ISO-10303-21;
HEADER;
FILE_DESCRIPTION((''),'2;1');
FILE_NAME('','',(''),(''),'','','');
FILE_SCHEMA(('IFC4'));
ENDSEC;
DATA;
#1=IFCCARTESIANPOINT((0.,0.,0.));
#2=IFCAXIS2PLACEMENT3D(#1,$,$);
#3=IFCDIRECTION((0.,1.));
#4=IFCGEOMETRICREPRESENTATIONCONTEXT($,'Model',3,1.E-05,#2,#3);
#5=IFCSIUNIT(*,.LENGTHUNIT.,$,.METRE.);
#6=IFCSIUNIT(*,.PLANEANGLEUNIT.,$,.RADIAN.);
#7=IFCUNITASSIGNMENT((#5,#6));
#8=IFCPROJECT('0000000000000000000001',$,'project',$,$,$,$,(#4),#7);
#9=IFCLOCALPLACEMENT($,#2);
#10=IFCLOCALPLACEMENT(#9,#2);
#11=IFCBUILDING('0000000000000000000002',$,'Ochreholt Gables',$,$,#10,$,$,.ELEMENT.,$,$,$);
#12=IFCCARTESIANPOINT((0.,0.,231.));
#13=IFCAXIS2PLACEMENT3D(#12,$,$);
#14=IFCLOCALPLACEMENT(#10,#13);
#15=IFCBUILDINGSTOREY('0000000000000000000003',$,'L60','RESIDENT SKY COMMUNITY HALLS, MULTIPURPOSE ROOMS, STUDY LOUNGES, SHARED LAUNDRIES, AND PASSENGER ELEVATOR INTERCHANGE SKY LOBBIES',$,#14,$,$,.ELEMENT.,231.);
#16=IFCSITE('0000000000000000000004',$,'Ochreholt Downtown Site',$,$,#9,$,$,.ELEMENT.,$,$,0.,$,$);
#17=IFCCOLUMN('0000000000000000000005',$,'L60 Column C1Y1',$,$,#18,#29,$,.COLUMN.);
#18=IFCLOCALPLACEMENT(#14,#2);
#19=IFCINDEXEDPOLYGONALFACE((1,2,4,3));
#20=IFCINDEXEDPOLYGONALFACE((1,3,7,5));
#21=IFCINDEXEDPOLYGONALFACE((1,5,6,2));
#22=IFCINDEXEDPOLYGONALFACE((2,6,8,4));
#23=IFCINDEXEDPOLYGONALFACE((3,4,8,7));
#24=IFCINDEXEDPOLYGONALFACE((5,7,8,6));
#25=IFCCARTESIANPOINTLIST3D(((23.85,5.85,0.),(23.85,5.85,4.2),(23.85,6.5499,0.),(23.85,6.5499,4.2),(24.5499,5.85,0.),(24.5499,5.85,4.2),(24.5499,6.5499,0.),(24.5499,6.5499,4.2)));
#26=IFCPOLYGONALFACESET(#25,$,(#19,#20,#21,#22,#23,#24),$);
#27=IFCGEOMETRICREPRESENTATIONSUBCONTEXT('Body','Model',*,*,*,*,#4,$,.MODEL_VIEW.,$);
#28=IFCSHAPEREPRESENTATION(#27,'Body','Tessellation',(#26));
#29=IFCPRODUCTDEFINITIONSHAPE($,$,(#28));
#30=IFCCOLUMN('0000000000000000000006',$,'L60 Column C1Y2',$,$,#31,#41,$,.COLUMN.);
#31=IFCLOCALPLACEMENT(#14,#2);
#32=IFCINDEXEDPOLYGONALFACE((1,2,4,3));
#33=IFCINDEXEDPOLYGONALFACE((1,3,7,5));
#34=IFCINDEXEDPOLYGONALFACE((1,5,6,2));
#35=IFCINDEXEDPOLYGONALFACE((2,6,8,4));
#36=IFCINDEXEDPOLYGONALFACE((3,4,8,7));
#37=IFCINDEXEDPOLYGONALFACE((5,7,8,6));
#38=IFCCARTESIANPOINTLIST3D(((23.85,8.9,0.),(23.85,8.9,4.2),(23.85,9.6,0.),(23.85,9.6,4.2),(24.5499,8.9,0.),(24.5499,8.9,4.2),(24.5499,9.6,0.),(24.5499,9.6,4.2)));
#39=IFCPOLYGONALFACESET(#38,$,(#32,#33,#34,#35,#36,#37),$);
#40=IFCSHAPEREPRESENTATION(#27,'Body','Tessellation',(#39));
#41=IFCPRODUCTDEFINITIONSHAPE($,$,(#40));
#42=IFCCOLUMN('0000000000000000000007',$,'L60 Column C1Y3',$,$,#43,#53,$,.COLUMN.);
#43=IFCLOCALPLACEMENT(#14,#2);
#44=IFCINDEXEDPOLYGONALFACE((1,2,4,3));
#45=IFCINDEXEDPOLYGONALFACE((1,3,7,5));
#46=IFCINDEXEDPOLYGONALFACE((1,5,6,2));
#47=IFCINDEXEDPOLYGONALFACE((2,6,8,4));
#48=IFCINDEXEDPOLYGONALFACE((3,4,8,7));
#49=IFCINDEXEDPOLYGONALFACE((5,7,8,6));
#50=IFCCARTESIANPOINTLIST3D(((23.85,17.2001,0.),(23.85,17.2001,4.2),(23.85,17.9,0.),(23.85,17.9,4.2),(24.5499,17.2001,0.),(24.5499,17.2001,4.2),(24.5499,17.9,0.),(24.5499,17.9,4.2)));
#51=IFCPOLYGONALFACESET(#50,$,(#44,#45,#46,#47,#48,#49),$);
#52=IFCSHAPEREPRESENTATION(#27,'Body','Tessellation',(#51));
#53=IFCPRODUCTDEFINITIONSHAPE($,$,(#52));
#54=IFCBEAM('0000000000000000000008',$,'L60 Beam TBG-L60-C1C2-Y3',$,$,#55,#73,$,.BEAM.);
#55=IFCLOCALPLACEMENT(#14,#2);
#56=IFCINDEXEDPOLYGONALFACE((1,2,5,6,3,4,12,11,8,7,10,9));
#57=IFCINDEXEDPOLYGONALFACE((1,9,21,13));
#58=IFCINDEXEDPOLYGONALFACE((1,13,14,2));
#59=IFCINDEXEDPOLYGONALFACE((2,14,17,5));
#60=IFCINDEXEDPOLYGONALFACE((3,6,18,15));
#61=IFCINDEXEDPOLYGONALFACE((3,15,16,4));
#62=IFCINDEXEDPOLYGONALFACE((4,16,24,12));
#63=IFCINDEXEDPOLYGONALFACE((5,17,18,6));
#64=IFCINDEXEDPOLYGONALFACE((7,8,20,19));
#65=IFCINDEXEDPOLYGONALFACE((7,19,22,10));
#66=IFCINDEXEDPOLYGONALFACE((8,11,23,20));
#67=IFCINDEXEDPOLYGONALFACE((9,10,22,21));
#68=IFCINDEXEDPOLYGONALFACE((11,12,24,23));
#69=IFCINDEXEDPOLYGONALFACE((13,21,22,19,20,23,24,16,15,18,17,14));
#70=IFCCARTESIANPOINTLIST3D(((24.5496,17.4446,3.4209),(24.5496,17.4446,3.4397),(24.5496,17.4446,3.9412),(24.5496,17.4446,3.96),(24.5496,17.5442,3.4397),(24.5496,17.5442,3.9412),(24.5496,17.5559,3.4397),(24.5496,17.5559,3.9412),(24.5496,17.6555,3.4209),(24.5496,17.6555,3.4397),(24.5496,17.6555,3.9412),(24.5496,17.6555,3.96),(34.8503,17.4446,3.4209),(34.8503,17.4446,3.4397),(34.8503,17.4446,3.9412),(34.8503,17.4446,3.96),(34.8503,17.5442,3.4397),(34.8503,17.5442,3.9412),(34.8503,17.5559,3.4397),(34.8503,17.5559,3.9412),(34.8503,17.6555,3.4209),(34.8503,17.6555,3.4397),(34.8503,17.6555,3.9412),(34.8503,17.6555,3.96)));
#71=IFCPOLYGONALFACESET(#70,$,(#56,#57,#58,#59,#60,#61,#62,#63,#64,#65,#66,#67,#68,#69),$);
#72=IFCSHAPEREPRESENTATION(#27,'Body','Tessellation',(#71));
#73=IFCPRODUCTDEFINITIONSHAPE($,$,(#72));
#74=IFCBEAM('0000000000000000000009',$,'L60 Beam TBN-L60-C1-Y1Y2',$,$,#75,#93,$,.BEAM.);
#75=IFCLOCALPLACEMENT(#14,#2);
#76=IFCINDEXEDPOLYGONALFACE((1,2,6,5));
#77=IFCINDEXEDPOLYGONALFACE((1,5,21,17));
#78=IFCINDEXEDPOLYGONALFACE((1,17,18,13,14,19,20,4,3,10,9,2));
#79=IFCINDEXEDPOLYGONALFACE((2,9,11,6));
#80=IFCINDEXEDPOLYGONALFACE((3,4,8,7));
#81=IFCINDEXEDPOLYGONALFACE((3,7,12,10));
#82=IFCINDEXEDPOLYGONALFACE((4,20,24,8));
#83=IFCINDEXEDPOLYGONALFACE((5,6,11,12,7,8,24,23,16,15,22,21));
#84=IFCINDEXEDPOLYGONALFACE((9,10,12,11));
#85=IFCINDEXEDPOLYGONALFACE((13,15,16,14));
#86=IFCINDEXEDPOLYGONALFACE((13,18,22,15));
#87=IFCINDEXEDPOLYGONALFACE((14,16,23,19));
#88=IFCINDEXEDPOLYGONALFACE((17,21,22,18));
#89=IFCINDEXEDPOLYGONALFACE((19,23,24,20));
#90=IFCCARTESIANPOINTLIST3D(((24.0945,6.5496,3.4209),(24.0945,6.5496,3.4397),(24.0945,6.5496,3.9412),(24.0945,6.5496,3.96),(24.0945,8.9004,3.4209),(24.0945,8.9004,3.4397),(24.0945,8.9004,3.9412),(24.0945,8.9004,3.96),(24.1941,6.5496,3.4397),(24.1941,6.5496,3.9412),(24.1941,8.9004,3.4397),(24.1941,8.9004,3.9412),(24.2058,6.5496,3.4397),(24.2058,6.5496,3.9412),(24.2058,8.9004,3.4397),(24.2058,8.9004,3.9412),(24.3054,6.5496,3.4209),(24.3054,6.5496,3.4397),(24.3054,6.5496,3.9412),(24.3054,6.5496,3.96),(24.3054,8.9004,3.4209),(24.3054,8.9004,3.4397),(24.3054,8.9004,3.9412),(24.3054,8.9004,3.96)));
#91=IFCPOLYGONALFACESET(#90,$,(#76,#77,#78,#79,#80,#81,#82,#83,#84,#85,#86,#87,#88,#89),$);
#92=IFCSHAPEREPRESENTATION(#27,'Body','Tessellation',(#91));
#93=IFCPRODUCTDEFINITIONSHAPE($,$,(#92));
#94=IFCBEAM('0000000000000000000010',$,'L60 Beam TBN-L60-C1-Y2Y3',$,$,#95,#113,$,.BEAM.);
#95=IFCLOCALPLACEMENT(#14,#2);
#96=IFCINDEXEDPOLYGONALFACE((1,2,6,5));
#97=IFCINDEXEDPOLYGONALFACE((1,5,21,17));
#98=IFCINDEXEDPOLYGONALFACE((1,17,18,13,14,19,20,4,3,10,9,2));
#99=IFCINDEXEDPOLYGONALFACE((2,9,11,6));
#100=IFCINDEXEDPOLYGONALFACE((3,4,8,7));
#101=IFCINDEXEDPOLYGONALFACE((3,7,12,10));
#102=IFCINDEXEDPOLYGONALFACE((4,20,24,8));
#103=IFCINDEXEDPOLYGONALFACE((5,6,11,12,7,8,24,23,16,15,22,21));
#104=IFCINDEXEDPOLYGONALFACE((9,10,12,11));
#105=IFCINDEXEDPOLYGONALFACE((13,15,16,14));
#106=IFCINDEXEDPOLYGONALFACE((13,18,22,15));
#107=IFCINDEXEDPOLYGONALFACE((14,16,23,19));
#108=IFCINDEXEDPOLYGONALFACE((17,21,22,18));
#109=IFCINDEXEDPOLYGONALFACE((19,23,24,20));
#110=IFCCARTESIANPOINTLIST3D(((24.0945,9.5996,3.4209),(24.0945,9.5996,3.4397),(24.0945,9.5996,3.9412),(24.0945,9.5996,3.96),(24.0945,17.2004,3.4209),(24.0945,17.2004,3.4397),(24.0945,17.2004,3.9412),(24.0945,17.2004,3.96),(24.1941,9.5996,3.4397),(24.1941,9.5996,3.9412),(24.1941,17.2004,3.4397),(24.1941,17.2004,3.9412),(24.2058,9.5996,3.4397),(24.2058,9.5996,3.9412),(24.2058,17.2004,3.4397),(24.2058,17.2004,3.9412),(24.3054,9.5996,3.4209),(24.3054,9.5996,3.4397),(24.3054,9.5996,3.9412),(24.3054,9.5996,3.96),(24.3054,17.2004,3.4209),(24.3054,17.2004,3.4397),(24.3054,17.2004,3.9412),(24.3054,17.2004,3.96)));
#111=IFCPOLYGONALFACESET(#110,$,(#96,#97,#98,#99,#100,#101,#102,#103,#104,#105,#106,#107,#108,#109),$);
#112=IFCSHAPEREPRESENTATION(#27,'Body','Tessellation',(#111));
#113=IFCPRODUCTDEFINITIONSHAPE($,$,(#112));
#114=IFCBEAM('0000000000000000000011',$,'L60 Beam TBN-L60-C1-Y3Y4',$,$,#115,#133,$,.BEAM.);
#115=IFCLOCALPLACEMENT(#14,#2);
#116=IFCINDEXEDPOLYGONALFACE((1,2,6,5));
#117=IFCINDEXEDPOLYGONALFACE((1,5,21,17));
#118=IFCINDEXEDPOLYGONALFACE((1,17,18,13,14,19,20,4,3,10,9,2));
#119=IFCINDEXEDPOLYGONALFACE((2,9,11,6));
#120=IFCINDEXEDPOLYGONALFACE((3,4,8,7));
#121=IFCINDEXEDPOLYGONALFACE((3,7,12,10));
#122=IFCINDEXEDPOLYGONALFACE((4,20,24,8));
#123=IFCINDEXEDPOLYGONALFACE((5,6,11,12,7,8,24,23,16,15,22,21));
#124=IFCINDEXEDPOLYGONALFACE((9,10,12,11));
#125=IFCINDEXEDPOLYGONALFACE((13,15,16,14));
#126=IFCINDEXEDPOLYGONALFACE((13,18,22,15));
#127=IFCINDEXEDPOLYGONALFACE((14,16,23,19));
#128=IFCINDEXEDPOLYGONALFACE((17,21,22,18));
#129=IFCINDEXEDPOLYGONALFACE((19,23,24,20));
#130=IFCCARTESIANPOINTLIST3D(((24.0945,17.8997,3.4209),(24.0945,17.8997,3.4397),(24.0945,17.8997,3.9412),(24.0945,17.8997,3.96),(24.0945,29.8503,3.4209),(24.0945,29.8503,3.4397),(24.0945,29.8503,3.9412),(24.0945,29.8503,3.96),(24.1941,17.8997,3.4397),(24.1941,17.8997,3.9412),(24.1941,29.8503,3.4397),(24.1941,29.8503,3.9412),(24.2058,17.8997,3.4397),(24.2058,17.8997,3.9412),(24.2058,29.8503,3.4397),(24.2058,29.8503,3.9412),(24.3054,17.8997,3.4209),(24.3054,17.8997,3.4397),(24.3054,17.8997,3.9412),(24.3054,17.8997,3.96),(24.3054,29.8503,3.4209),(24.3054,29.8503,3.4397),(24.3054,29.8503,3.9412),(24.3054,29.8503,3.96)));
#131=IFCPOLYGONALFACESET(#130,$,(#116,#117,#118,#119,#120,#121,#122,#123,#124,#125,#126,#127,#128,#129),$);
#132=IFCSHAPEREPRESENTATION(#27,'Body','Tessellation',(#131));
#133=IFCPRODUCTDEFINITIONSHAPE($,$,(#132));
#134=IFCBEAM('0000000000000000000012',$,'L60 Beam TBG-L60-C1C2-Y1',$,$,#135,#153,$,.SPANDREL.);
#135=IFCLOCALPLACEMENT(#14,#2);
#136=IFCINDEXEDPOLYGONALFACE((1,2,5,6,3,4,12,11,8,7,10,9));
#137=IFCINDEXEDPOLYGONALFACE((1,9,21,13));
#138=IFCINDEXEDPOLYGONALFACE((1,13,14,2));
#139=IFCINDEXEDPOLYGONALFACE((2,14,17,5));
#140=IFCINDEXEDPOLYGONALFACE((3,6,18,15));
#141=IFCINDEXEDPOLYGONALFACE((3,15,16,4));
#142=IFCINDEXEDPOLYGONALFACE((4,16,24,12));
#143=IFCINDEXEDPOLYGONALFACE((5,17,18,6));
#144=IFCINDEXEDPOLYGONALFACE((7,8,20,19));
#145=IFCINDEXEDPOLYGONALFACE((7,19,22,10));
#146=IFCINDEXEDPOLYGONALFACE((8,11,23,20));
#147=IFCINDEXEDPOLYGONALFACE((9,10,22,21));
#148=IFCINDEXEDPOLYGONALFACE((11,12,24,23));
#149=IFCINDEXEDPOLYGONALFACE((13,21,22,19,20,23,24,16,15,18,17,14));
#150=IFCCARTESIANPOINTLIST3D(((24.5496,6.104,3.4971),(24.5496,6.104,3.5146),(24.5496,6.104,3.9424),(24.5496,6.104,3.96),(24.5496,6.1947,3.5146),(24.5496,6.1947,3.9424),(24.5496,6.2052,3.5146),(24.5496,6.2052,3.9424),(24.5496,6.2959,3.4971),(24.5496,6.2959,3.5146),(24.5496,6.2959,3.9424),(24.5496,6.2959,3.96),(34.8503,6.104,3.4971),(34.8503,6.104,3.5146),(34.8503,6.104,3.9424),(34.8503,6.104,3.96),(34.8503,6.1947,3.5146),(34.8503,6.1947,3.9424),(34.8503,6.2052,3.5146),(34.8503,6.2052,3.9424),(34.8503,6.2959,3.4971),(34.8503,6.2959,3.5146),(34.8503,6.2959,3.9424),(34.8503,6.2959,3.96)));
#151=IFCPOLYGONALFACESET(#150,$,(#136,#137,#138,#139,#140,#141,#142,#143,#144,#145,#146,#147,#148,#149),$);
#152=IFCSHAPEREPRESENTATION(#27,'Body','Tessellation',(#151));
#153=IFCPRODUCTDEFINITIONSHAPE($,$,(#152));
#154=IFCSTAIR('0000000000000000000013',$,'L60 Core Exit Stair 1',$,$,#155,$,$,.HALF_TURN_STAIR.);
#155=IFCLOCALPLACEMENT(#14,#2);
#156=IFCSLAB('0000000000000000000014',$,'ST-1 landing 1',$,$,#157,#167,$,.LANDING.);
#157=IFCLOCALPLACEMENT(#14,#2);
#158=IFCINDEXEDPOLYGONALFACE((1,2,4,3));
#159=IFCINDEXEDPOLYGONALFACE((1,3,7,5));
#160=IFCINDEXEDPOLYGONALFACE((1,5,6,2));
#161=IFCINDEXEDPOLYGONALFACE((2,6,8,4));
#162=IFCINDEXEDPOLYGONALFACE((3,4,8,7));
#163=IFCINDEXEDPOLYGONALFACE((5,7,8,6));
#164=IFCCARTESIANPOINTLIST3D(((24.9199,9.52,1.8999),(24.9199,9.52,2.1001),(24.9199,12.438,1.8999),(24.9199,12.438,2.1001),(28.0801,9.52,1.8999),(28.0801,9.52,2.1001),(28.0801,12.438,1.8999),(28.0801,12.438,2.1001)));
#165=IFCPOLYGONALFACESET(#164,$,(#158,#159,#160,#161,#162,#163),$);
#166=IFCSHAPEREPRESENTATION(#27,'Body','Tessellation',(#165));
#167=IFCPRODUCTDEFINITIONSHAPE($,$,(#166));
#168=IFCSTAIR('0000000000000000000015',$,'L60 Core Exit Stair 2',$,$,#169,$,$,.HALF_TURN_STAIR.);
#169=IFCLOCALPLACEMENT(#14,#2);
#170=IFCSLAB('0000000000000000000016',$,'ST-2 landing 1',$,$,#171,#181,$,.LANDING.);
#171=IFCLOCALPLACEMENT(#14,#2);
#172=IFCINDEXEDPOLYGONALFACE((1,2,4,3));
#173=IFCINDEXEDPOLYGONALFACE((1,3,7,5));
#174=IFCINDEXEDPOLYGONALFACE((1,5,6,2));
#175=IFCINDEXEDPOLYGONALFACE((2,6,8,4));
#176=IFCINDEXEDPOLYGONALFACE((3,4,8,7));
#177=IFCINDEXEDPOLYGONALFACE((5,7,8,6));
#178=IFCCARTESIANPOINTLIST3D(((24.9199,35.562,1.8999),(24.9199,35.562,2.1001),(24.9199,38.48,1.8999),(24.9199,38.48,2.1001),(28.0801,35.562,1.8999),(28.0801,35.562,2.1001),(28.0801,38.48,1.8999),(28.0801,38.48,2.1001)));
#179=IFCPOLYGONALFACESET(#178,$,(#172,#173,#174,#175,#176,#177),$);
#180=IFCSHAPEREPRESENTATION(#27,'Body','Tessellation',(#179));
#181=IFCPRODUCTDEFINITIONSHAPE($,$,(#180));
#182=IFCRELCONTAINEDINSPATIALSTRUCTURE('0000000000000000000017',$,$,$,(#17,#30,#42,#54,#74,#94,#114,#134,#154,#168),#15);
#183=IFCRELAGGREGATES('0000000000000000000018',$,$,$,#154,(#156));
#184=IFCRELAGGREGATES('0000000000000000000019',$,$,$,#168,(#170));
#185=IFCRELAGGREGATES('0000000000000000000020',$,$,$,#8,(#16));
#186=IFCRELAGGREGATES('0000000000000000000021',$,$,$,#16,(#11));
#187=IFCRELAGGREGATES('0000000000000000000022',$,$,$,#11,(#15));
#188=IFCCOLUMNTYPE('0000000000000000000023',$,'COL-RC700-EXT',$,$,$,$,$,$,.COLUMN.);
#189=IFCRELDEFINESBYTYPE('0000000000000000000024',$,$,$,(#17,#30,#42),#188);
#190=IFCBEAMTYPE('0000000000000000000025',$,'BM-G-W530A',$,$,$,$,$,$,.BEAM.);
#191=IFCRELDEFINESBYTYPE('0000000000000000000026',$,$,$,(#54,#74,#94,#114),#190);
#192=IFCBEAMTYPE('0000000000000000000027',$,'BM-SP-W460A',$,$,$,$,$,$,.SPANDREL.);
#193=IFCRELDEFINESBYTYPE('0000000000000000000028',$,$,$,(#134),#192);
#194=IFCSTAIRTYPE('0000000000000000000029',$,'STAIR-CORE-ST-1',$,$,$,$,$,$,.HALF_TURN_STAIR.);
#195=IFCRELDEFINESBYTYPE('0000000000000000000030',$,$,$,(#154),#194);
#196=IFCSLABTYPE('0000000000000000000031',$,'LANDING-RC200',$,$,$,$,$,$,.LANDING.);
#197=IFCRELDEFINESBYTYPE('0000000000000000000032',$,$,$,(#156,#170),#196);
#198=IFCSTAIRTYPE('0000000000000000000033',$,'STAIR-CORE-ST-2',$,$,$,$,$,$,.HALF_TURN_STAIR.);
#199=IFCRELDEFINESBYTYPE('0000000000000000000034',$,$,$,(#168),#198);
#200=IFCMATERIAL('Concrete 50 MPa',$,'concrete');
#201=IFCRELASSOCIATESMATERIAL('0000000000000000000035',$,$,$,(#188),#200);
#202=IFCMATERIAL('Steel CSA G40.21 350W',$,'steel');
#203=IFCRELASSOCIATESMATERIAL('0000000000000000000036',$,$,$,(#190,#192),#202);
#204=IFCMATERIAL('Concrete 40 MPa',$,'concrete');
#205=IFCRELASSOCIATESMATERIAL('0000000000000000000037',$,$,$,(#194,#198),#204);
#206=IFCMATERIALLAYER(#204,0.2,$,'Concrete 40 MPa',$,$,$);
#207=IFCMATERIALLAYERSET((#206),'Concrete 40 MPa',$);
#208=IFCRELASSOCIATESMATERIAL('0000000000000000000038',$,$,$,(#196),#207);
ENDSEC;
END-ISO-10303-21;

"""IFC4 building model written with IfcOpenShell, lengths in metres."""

from ifc_helpers import new_model, si_unit, direction, frame, origin, origin_2d, place, context, subcontext, project, spatial, polyline, rectangle, i_section, outline, extrude, material, layer, layer_set, material_profile, profile_set, type_object, element, aggregate, save


model = new_model("IFC4")

# Units and contexts
model_context = context("Model", 3, precision=1e-05, world=origin(), true_north=direction((0.0, 1.0)))
body_context = subcontext(model_context, "Body", "Model", "MODEL_VIEW")
ifc_project = project(units=[si_unit("LENGTHUNIT", "METRE"), si_unit("PLANEANGLEUNIT", "RADIAN")], contexts=[model_context])

# Site, building, storey
site_placement = place(None, origin())
site = spatial("IfcSite", under=ifc_project, at=site_placement, Name="Ochreholt Downtown Site", CompositionType="ELEMENT", RefElevation=0.0)
building_placement = place(site_placement, origin())
building = spatial("IfcBuilding", under=site, at=building_placement, Name="Ochreholt Gables", CompositionType="ELEMENT")
storey_placement = place(building_placement, frame((0.0, 0.0, 231.0)))
storey = spatial("IfcBuildingStorey", under=building, at=storey_placement, Name="L60", Description="RESIDENT SKY COMMUNITY HALLS, MULTIPURPOSE ROOMS, STUDY LOUNGES, SHARED LAUNDRIES, AND PASSENGER ELEVATOR INTERCHANGE SKY LOBBIES", CompositionType="ELEMENT", Elevation=231.0)

# Columns
ifc_material_1 = material(Name="Concrete 50 MPa", Category="concrete")
ifc_material_profile_1 = material_profile(ifc_material_1, rectangle(XDim=0.7, YDim=0.7, at=origin_2d()), Name="RC700X700")
ifc_profile_set_1 = profile_set([ifc_material_profile_1], Name="Concrete 50 MPa")
column_type = type_object("IfcColumnType", Name="COL-RC700-EXT", PredefinedType="COLUMN", material=ifc_profile_set_1)
for number, where, z_axis, x_axis, name in (
    (1, (24.2, 6.2, 0.0), (0.0, 0.0, 1.0), (1.0, 0.0, 0.0), "L60 Column C1Y1"),
    (2, (24.2, 9.25, 0.0), (0.0, 0.0, 1.0), (1.0, 0.0, 0.0), "L60 Column C1Y2"),
    (3, (24.2, 17.55, 0.0), (0.0, 0.0, 1.0), (1.0, 0.0, 0.0), "L60 Column C1Y3"),
):
    element("IfcColumn", number, at=place(storey_placement, frame(where, z_axis=z_axis, x_axis=x_axis)), inside=storey, type_object=column_type, Name=name, PredefinedType="COLUMN", context=body_context, shape_type="SweptSolid", body=[
        extrude(rectangle(XDim=0.7, YDim=0.7, at=origin_2d()), origin(), (0.0, 0.0, 1.0), 4.2),
    ])

# Beams
ifc_material_2 = material(Name="Steel CSA G40.21 350W", Category="steel")
ifc_material_profile_2 = material_profile(ifc_material_2, i_section(OverallWidth=0.2109, OverallDepth=0.5391, WebThickness=0.0117, FlangeThickness=0.0188, at=origin_2d()), Name="W530X109")
ifc_profile_set_2 = profile_set([ifc_material_profile_2], Name="Steel CSA G40.21 350W")
beam_type_1 = type_object("IfcBeamType", Name="BM-G-W530A", PredefinedType="BEAM", material=ifc_profile_set_2)
beam_1_placement = place(storey_placement, frame((24.5496, 17.55, 3.6904), z_axis=(1.0, 0.0, 0.0), x_axis=(0.0, 1.0, 0.0)))
element("IfcBeam", 4, at=beam_1_placement, inside=storey, type_object=beam_type_1, Name="L60 Beam TBG-L60-C1C2-Y3", PredefinedType="BEAM", context=body_context, shape_type="SweptSolid", body=[
    extrude(i_section(OverallWidth=0.2109, OverallDepth=0.5391, WebThickness=0.0117, FlangeThickness=0.0188, at=origin_2d()), origin(), (0.0, 0.0, 1.0), 10.3008),
])
beam_2_placement = place(storey_placement, frame((24.2, 6.5496, 3.6904), z_axis=(0.0, 1.0, 0.0), x_axis=(-1.0, 0.0, 0.0)))
element("IfcBeam", 5, at=beam_2_placement, inside=storey, type_object=beam_type_1, Name="L60 Beam TBN-L60-C1-Y1Y2", PredefinedType="BEAM", context=body_context, shape_type="SweptSolid", body=[
    extrude(i_section(OverallWidth=0.2109, OverallDepth=0.5391, WebThickness=0.0117, FlangeThickness=0.0188, at=origin_2d()), origin(), (0.0, 0.0, 1.0), 2.3508),
])
beam_3_placement = place(storey_placement, frame((24.2, 9.5996, 3.6904), z_axis=(0.0, 1.0, 0.0), x_axis=(-1.0, 0.0, 0.0)))
element("IfcBeam", 6, at=beam_3_placement, inside=storey, type_object=beam_type_1, Name="L60 Beam TBN-L60-C1-Y2Y3", PredefinedType="BEAM", context=body_context, shape_type="SweptSolid", body=[
    extrude(i_section(OverallWidth=0.2109, OverallDepth=0.5391, WebThickness=0.0117, FlangeThickness=0.0188, at=origin_2d()), origin(), (0.0, 0.0, 1.0), 7.6008),
])
beam_4_placement = place(storey_placement, frame((24.2, 17.8997, 3.6904), z_axis=(0.0, 1.0, 0.0), x_axis=(-1.0, 0.0, 0.0)))
element("IfcBeam", 7, at=beam_4_placement, inside=storey, type_object=beam_type_1, Name="L60 Beam TBN-L60-C1-Y3Y4", PredefinedType="BEAM", context=body_context, shape_type="SweptSolid", body=[
    extrude(i_section(OverallWidth=0.2109, OverallDepth=0.5391, WebThickness=0.0117, FlangeThickness=0.0188, at=origin_2d()), origin(), (0.0, 0.0, 1.0), 11.9507),
])
ifc_material_profile_3 = material_profile(ifc_material_2, i_section(OverallWidth=0.1919, OverallDepth=0.4629, WebThickness=0.0105, FlangeThickness=0.0176, at=origin_2d()), Name="W460X89")
ifc_profile_set_3 = profile_set([ifc_material_profile_3], Name="Steel CSA G40.21 350W")
beam_type_2 = type_object("IfcBeamType", Name="BM-SP-W460A", PredefinedType="SPANDREL", material=ifc_profile_set_3)
beam_5_placement = place(storey_placement, frame((24.5496, 6.2, 3.7285), z_axis=(1.0, 0.0, 0.0), x_axis=(0.0, 1.0, 0.0)))
element("IfcBeam", 8, at=beam_5_placement, inside=storey, type_object=beam_type_2, Name="L60 Beam TBG-L60-C1C2-Y1", PredefinedType="SPANDREL", context=body_context, shape_type="SweptSolid", body=[
    extrude(i_section(OverallWidth=0.1919, OverallDepth=0.4629, WebThickness=0.0105, FlangeThickness=0.0176, at=origin_2d()), origin(), (0.0, 0.0, 1.0), 10.3008),
])

# Stairs, slabs
ifc_material_3 = material(Name="Concrete 40 MPa", Category="concrete")
stair_type_1 = type_object("IfcStairType", Name="STAIR-CORE-ST-1", PredefinedType="HALF_TURN_STAIR", material=ifc_material_3)
stair_1_placement = place(storey_placement, origin())
stair_1 = element("IfcStair", 9, at=stair_1_placement, inside=storey, type_object=stair_type_1, Name="L60 Core Exit Stair 1", PredefinedType="HALF_TURN_STAIR")
ifc_layer_1 = layer(ifc_material_3, 0.2, Name="Concrete 40 MPa")
ifc_layer_set_1 = layer_set([ifc_layer_1], Name="Concrete 40 MPa")
slab_type_1 = type_object("IfcSlabType", Name="LANDING-RC200", PredefinedType="LANDING", material=ifc_layer_set_1)
slab_1_placement = place(storey_placement, frame((0.0, 0.0, 1.8999)))
slab_1 = element("IfcSlab", 10, at=slab_1_placement, type_object=slab_type_1, Name="ST-1 landing 1", PredefinedType="LANDING", context=body_context, shape_type="SweptSolid", body=[
    extrude(outline(polyline([(24.9199, 12.438), (24.9199, 9.52), (28.0801, 9.52), (28.0801, 12.438), (24.9199, 12.438)])), origin(), (0.0, 0.0, 1.0), 0.2002),
])
aggregate(stair_1, [slab_1])
stair_type_2 = type_object("IfcStairType", Name="STAIR-CORE-ST-2", PredefinedType="HALF_TURN_STAIR", material=ifc_material_3)
stair_2_placement = place(storey_placement, origin())
stair_2 = element("IfcStair", 11, at=stair_2_placement, inside=storey, type_object=stair_type_2, Name="L60 Core Exit Stair 2", PredefinedType="HALF_TURN_STAIR")
slab_2_placement = place(storey_placement, frame((0.0, 0.0, 1.8999)))
slab_2 = element("IfcSlab", 12, at=slab_2_placement, type_object=slab_type_1, Name="ST-2 landing 1", PredefinedType="LANDING", context=body_context, shape_type="SweptSolid", body=[
    extrude(outline(polyline([(28.0801, 35.562), (28.0801, 38.48), (24.9199, 38.48), (24.9199, 35.562), (28.0801, 35.562)])), origin(), (0.0, 0.0, 1.0), 0.2002),
])
aggregate(stair_2, [slab_2])

save(model, "model.ifc")
